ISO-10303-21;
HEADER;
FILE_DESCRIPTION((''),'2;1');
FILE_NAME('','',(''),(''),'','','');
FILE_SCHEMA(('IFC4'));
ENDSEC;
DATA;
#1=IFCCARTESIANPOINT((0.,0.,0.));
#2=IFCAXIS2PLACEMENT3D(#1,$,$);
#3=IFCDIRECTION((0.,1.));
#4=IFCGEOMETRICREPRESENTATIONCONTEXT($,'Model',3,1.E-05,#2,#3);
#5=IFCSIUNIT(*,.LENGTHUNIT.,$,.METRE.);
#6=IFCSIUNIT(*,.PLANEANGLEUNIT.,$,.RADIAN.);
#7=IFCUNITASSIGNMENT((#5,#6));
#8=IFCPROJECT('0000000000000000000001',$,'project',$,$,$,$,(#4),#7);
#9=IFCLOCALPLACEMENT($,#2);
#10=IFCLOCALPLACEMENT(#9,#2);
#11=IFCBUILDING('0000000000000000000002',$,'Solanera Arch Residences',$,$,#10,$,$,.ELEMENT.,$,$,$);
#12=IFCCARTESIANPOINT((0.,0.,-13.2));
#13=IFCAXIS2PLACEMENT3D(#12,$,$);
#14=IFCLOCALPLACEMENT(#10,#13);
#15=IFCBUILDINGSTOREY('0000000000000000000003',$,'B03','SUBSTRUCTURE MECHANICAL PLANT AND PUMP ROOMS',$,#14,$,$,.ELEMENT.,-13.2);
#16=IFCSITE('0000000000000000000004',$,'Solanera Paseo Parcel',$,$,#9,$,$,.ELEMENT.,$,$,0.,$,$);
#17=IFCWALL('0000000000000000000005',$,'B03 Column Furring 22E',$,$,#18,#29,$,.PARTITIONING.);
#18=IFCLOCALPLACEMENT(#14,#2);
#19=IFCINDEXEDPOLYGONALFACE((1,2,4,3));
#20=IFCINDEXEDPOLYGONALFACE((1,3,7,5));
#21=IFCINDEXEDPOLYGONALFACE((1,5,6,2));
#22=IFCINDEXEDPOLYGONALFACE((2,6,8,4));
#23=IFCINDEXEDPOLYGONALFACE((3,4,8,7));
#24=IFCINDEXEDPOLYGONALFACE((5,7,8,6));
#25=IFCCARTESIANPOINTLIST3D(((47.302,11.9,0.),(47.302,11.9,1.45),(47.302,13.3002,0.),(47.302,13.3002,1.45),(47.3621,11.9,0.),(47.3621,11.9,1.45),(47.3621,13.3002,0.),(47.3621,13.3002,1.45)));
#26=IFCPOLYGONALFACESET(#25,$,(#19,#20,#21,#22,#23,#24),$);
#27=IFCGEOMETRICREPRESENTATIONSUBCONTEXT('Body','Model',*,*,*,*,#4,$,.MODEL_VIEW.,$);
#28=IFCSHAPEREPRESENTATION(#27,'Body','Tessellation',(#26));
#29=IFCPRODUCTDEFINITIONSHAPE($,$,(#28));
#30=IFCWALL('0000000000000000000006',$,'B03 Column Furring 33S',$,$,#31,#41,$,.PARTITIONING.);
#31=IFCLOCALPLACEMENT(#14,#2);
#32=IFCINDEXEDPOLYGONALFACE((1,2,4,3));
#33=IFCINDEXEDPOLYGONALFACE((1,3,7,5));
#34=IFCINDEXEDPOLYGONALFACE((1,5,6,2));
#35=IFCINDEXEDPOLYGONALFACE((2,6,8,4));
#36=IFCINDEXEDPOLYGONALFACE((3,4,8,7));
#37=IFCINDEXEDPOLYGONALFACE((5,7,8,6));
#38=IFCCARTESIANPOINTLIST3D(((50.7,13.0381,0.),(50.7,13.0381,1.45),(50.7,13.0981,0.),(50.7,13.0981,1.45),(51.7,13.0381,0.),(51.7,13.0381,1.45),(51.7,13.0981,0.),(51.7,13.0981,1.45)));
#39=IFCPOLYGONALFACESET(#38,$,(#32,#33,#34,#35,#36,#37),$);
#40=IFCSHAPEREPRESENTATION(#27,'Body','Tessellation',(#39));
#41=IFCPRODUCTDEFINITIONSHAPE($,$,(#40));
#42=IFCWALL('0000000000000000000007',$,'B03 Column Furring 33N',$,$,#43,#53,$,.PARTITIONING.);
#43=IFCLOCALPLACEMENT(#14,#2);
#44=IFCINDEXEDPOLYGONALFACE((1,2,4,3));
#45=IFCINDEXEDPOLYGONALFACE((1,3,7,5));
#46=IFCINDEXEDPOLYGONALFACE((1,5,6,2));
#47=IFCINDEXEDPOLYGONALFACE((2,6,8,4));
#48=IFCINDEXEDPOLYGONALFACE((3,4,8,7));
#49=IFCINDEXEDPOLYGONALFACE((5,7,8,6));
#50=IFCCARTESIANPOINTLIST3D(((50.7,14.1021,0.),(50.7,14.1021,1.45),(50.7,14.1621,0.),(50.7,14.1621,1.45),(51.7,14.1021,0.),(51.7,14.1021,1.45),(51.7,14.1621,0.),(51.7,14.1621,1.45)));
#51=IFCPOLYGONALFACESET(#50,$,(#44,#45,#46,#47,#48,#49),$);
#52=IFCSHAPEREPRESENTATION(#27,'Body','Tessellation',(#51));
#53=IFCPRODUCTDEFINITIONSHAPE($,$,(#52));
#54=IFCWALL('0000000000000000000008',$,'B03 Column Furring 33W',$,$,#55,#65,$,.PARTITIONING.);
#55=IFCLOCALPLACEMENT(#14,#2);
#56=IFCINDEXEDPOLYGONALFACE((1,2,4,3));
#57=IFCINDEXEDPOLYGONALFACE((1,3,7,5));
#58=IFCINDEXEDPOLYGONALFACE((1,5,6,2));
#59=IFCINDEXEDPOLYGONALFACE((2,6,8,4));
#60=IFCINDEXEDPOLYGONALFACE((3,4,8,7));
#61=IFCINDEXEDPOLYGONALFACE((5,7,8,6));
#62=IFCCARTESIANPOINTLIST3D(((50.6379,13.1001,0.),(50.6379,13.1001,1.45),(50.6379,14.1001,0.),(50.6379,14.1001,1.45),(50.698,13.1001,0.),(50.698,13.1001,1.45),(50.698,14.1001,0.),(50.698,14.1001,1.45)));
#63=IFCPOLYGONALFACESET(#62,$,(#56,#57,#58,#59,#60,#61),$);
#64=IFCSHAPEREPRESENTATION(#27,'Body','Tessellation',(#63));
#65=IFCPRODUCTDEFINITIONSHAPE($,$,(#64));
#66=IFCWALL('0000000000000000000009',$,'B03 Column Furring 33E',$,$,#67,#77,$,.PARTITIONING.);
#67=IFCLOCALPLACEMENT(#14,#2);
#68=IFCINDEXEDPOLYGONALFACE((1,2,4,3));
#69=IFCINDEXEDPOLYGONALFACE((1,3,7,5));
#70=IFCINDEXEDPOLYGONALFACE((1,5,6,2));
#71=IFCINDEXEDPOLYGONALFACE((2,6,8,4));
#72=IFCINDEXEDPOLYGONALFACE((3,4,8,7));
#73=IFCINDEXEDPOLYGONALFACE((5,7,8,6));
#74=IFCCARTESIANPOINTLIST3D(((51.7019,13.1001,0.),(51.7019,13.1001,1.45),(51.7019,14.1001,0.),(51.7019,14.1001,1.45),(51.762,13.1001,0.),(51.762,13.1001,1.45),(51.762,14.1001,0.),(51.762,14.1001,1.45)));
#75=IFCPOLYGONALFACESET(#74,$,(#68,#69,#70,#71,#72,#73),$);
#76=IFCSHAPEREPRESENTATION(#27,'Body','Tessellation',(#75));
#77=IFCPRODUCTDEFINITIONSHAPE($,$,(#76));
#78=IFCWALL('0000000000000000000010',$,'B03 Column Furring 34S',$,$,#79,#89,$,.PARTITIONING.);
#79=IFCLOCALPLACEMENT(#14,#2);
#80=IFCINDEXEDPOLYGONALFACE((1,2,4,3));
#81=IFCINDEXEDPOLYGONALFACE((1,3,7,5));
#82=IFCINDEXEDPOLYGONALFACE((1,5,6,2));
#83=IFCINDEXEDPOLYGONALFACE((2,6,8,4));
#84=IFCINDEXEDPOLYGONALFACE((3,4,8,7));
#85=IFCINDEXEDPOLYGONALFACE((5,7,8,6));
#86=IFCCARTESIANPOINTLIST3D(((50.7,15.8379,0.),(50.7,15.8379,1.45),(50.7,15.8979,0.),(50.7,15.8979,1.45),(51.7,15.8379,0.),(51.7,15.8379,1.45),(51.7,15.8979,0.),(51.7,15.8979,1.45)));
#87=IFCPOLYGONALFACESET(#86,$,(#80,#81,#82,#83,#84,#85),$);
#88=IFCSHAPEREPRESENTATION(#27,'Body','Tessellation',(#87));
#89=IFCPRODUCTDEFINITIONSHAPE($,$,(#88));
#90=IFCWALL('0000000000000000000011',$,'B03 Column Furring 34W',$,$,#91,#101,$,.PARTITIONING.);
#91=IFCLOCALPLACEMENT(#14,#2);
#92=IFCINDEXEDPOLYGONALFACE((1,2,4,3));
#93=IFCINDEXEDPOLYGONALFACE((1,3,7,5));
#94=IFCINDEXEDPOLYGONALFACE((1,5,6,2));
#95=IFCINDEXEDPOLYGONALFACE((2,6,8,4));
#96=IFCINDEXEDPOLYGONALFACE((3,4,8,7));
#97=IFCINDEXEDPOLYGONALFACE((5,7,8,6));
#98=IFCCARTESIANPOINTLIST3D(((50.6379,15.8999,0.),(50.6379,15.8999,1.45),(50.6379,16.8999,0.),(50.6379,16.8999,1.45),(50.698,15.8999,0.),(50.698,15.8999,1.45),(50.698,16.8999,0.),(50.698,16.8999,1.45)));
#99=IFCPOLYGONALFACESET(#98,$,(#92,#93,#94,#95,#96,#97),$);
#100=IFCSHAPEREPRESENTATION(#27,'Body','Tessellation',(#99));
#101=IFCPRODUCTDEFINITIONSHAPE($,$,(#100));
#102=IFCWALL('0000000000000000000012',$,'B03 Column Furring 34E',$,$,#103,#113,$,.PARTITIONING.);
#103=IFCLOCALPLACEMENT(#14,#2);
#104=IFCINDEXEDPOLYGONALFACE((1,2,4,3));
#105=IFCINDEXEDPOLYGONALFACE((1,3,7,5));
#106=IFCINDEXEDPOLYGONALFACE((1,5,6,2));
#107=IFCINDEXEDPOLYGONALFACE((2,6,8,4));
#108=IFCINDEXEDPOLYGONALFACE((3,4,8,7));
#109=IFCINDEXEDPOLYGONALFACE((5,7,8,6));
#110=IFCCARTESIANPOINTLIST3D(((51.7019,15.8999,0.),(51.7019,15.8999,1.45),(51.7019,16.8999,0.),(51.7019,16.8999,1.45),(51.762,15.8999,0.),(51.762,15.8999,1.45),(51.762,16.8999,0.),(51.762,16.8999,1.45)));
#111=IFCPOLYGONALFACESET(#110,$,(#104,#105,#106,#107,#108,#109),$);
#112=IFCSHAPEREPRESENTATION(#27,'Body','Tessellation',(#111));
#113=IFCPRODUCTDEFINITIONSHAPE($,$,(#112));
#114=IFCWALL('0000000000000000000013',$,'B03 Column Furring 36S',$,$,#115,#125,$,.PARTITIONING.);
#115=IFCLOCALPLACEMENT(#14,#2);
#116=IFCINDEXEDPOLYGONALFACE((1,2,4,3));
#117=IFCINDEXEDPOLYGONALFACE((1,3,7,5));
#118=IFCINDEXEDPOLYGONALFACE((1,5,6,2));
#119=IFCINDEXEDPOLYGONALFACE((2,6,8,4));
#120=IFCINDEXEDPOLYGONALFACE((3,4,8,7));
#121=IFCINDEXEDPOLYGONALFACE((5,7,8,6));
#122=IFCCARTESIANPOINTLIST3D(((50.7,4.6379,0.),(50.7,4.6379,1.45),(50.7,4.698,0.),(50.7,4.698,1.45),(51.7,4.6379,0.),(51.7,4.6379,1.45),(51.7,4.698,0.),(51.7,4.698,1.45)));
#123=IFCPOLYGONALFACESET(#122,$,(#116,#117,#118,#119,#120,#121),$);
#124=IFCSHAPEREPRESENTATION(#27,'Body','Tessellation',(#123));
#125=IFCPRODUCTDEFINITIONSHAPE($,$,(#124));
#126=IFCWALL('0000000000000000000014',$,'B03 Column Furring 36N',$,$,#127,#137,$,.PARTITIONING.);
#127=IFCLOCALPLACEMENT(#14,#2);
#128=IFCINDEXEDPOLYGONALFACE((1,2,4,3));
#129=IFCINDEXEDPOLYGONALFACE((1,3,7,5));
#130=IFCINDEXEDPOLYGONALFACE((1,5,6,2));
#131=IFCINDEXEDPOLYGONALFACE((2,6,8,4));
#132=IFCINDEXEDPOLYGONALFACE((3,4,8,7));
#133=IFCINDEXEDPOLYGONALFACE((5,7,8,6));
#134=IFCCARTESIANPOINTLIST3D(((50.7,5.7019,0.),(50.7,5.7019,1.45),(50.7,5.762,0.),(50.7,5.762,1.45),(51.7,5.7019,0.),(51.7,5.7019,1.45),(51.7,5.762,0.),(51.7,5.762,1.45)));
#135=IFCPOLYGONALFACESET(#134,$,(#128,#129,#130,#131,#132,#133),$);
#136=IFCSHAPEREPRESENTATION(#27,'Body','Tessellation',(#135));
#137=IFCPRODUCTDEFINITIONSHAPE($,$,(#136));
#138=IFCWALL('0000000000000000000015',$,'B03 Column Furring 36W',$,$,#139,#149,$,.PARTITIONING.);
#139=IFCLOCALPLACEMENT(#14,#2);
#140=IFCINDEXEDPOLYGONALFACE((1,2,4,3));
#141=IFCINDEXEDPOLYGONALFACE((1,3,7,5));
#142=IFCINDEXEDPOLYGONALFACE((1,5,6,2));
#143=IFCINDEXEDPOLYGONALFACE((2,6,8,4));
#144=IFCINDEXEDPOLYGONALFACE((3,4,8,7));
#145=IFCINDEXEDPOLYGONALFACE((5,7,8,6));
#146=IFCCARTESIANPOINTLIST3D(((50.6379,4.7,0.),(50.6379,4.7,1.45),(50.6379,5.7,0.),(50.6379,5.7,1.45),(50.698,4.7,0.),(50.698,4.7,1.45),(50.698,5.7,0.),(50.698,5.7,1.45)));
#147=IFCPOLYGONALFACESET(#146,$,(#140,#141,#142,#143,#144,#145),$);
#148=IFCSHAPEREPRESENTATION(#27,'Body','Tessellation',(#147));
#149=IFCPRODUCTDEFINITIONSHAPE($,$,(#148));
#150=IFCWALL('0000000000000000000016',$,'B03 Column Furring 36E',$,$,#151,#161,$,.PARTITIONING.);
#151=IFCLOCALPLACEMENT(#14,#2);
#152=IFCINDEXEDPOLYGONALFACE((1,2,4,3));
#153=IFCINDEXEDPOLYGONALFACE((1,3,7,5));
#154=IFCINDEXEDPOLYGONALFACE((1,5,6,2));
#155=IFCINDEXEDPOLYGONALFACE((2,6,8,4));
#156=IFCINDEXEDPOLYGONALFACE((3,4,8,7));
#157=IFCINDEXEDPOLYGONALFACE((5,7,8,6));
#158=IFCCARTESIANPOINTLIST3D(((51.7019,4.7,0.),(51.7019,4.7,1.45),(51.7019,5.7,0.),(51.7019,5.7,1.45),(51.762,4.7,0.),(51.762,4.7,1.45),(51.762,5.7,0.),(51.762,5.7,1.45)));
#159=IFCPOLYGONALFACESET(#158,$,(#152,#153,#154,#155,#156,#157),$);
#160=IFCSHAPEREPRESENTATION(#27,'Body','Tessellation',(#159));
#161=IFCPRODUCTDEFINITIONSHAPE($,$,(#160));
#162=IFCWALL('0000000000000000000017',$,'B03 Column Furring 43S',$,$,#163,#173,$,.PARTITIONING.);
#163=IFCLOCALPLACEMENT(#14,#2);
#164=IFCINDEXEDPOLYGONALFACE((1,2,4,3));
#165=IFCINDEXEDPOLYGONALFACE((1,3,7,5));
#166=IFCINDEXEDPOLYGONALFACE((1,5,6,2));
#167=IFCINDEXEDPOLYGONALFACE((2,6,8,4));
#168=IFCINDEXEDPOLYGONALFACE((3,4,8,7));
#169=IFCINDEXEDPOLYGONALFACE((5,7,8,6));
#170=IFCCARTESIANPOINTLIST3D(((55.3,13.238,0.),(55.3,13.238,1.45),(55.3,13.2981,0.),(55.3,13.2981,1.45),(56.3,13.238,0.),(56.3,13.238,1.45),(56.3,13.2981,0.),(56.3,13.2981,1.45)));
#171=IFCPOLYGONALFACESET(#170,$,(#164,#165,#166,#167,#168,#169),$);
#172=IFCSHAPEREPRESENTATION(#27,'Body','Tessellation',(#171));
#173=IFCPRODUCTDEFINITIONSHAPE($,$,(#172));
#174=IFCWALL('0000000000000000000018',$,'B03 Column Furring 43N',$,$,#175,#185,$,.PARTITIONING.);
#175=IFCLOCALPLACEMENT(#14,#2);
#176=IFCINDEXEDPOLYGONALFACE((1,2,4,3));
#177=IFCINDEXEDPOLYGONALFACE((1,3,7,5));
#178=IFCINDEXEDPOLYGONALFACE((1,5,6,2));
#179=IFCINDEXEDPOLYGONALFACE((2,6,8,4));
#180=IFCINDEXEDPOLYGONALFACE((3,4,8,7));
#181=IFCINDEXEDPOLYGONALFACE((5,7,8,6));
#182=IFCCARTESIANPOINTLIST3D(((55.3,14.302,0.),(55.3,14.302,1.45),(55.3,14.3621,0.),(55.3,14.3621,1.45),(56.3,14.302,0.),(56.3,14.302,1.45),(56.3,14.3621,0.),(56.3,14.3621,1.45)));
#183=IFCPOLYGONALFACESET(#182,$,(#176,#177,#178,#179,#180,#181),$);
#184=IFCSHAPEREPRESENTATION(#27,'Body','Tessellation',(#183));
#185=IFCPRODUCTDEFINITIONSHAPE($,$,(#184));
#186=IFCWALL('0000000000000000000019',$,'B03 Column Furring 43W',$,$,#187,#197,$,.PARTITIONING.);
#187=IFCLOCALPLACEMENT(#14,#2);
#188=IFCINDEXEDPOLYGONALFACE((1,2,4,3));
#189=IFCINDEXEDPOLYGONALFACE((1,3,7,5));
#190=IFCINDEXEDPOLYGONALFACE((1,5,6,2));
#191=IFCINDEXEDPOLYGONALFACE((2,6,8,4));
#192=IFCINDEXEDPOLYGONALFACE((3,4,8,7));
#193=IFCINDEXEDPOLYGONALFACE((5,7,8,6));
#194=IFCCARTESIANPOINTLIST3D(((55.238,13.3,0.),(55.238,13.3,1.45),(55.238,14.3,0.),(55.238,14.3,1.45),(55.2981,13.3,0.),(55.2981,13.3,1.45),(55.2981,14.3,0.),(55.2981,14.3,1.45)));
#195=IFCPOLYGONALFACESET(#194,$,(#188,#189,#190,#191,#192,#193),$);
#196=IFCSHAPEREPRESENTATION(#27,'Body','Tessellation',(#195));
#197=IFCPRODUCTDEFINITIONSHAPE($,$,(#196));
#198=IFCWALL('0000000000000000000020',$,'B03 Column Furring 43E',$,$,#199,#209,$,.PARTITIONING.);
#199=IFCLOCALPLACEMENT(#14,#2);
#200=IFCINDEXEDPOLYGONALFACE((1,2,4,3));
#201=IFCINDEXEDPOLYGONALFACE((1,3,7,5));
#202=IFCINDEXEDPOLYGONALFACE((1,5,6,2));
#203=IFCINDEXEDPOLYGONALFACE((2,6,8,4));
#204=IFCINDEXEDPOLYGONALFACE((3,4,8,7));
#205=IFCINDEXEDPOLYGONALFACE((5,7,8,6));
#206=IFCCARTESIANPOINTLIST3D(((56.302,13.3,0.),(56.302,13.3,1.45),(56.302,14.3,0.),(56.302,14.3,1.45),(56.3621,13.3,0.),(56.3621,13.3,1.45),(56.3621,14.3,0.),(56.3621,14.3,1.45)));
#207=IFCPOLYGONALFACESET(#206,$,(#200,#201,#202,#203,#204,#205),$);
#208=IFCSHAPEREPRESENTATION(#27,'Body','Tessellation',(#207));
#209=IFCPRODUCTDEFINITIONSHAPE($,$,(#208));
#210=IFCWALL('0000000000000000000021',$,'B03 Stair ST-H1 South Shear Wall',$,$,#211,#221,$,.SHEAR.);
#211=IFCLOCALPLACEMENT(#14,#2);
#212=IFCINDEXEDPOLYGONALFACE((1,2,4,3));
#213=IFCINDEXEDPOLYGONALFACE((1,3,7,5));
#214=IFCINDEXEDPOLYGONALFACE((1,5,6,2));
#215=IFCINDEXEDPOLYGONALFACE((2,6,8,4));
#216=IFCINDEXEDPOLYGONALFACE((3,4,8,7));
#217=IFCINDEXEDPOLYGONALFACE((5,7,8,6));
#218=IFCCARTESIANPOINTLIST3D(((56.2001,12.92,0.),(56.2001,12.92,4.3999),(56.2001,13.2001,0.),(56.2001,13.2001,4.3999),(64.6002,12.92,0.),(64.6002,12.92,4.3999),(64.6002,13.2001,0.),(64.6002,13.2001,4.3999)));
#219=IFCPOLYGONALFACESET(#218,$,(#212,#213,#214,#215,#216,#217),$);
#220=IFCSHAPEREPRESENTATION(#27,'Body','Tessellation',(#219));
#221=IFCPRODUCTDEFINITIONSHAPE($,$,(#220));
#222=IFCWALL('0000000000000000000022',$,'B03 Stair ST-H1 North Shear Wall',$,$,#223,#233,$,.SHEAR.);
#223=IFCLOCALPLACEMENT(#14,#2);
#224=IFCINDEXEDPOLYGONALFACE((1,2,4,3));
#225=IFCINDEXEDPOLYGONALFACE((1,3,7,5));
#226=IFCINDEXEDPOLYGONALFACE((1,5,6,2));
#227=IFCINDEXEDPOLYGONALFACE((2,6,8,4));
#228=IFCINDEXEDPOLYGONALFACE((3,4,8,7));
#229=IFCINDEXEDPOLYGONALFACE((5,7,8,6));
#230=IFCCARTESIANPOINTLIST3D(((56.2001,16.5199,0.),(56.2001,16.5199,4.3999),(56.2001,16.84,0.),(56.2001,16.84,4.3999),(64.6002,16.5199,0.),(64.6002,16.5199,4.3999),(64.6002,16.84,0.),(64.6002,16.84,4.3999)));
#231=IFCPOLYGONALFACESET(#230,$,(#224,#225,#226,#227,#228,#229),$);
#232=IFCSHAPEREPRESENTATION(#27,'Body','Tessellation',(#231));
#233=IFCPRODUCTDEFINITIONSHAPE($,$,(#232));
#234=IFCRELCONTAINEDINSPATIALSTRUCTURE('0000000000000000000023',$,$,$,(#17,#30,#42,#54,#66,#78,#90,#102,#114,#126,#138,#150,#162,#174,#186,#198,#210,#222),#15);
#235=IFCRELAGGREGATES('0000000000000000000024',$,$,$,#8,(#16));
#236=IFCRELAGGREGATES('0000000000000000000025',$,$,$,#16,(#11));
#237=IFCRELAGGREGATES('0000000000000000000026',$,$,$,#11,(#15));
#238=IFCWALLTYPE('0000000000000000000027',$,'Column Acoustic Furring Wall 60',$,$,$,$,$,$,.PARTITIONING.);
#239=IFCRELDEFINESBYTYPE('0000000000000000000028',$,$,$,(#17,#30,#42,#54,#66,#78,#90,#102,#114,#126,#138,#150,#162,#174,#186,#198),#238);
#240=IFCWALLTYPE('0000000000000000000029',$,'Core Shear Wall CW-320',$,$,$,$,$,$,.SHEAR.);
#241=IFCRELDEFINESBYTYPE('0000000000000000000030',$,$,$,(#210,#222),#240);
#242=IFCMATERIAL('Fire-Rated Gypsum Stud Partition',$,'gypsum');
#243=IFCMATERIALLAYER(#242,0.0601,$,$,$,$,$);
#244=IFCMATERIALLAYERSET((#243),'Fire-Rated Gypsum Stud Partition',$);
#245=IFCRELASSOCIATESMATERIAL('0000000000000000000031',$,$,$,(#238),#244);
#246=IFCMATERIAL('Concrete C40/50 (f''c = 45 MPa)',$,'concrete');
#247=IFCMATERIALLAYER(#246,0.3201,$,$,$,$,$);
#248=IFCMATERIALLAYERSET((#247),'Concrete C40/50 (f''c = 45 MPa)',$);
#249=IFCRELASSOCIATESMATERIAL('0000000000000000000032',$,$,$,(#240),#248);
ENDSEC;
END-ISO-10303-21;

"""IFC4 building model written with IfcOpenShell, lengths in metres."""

from ifc_helpers import new_model, si_unit, direction, frame, frame_2d, origin, place, context, subcontext, project, spatial, rectangle, extrude, material, layer, layer_set, type_object, element, save


model = new_model("IFC4")

# Units and contexts
model_context = context("Model", 3, precision=1e-05, world=origin(), true_north=direction((0.0, 1.0)))
body_context = subcontext(model_context, "Body", "Model", "MODEL_VIEW")
ifc_project = project(units=[si_unit("LENGTHUNIT", "METRE"), si_unit("PLANEANGLEUNIT", "RADIAN")], contexts=[model_context])

# Site, building, storey
site_placement = place(None, origin())
site = spatial("IfcSite", under=ifc_project, at=site_placement, Name="Solanera Paseo Parcel", CompositionType="ELEMENT", RefElevation=0.0)
building_placement = place(site_placement, origin())
building = spatial("IfcBuilding", under=site, at=building_placement, Name="Solanera Arch Residences", CompositionType="ELEMENT")
storey_placement = place(building_placement, frame((0.0, 0.0, -13.2)))
storey = spatial("IfcBuildingStorey", under=building, at=storey_placement, Name="B03", Description="SUBSTRUCTURE MECHANICAL PLANT AND PUMP ROOMS", CompositionType="ELEMENT", Elevation=-13.2)

# Walls
ifc_material_1 = material(Name="Fire-Rated Gypsum Stud Partition", Category="gypsum")
ifc_layer_1 = layer(ifc_material_1, 0.0601)
ifc_layer_set_1 = layer_set([ifc_layer_1], Name="Fire-Rated Gypsum Stud Partition")
wall_type_1 = type_object("IfcWallType", Name="Column Acoustic Furring Wall 60", PredefinedType="PARTITIONING", material=ifc_layer_set_1)
wall_1_placement = place(storey_placement, frame((47.332, 11.8999, 0.0), z_axis=(0.0, 0.0, 1.0), x_axis=(0.0, 1.0, 0.0)))
element("IfcWall", 1, at=wall_1_placement, inside=storey, type_object=wall_type_1, Name="B03 Column Furring 22E", PredefinedType="PARTITIONING", context=body_context, shape_type="SweptSolid", body=[
    extrude(rectangle(XDim=1.4001, YDim=0.0601, at=frame_2d((0.7002, 0.0))), origin(), (0.0, 0.0, 1.0), 1.45),
])
for number, where, z_axis, x_axis, name in (
    (2, (50.7, 13.0681, 0.0), (0.0, 0.0, 1.0), (1.0, 0.0, 0.0), "B03 Column Furring 33S"),
    (3, (50.7, 14.1321, 0.0), (0.0, 0.0, 1.0), (1.0, 0.0, 0.0), "B03 Column Furring 33N"),
    (4, (50.668, 13.1001, 0.0), (0.0, 0.0, 1.0), (0.0, 1.0, 0.0), "B03 Column Furring 33W"),
    (5, (51.7319, 13.1001, 0.0), (0.0, 0.0, 1.0), (0.0, 1.0, 0.0), "B03 Column Furring 33E"),
    (6, (50.7, 15.8679, 0.0), (0.0, 0.0, 1.0), (1.0, 0.0, 0.0), "B03 Column Furring 34S"),
    (7, (50.668, 15.8999, 0.0), (0.0, 0.0, 1.0), (0.0, 1.0, 0.0), "B03 Column Furring 34W"),
    (8, (51.7319, 15.8999, 0.0), (0.0, 0.0, 1.0), (0.0, 1.0, 0.0), "B03 Column Furring 34E"),
    (9, (50.7, 4.668, 0.0), (0.0, 0.0, 1.0), (1.0, 0.0, 0.0), "B03 Column Furring 36S"),
    (10, (50.7, 5.7319, 0.0), (0.0, 0.0, 1.0), (1.0, 0.0, 0.0), "B03 Column Furring 36N"),
    (11, (50.668, 4.7, 0.0), (0.0, 0.0, 1.0), (0.0, 1.0, 0.0), "B03 Column Furring 36W"),
    (12, (51.7319, 4.7, 0.0), (0.0, 0.0, 1.0), (0.0, 1.0, 0.0), "B03 Column Furring 36E"),
    (13, (55.3, 13.2681, 0.0), (0.0, 0.0, 1.0), (1.0, 0.0, 0.0), "B03 Column Furring 43S"),
    (14, (55.3, 14.332, 0.0), (0.0, 0.0, 1.0), (1.0, 0.0, 0.0), "B03 Column Furring 43N"),
    (15, (55.2681, 13.3, 0.0), (0.0, 0.0, 1.0), (0.0, 1.0, 0.0), "B03 Column Furring 43W"),
    (16, (56.332, 13.3, 0.0), (0.0, 0.0, 1.0), (0.0, 1.0, 0.0), "B03 Column Furring 43E"),
):
    element("IfcWall", number, at=place(storey_placement, frame(where, z_axis=z_axis, x_axis=x_axis)), inside=storey, type_object=wall_type_1, Name=name, PredefinedType="PARTITIONING", context=body_context, shape_type="SweptSolid", body=[
        extrude(rectangle(XDim=1.0, YDim=0.0601, at=frame_2d((0.5, 0.0))), origin(), (0.0, 0.0, 1.0), 1.45),
    ])
ifc_material_2 = material(Name="Concrete C40/50 (f'c = 45 MPa)", Category="concrete")
ifc_layer_2 = layer(ifc_material_2, 0.3201)
ifc_layer_set_2 = layer_set([ifc_layer_2], Name="Concrete C40/50 (f'c = 45 MPa)")
wall_type_2 = type_object("IfcWallType", Name="Core Shear Wall CW-320", PredefinedType="SHEAR", material=ifc_layer_set_2)
wall_2_placement = place(storey_placement, frame((56.2, 13.0601, 0.0), z_axis=(0.0, 0.0, 1.0), x_axis=(1.0, 0.0, 0.0)))
element("IfcWall", 17, at=wall_2_placement, inside=storey, type_object=wall_type_2, Name="B03 Stair ST-H1 South Shear Wall", PredefinedType="SHEAR", context=body_context, shape_type="SweptSolid", body=[
    extrude(rectangle(XDim=8.4001, YDim=0.28, at=frame_2d((4.2002, 0.0))), origin(), (0.0, 0.0, 1.0), 4.3999),
])
wall_3_placement = place(storey_placement, frame((56.2, 16.6799, 0.0), z_axis=(0.0, 0.0, 1.0), x_axis=(1.0, 0.0, 0.0)))
element("IfcWall", 18, at=wall_3_placement, inside=storey, type_object=wall_type_2, Name="B03 Stair ST-H1 North Shear Wall", PredefinedType="SHEAR", context=body_context, shape_type="SweptSolid", body=[
    extrude(rectangle(XDim=8.4001, YDim=0.3201, at=frame_2d((4.2002, 0.0))), origin(), (0.0, 0.0, 1.0), 4.3999),
])

save(model, "model.ifc")
